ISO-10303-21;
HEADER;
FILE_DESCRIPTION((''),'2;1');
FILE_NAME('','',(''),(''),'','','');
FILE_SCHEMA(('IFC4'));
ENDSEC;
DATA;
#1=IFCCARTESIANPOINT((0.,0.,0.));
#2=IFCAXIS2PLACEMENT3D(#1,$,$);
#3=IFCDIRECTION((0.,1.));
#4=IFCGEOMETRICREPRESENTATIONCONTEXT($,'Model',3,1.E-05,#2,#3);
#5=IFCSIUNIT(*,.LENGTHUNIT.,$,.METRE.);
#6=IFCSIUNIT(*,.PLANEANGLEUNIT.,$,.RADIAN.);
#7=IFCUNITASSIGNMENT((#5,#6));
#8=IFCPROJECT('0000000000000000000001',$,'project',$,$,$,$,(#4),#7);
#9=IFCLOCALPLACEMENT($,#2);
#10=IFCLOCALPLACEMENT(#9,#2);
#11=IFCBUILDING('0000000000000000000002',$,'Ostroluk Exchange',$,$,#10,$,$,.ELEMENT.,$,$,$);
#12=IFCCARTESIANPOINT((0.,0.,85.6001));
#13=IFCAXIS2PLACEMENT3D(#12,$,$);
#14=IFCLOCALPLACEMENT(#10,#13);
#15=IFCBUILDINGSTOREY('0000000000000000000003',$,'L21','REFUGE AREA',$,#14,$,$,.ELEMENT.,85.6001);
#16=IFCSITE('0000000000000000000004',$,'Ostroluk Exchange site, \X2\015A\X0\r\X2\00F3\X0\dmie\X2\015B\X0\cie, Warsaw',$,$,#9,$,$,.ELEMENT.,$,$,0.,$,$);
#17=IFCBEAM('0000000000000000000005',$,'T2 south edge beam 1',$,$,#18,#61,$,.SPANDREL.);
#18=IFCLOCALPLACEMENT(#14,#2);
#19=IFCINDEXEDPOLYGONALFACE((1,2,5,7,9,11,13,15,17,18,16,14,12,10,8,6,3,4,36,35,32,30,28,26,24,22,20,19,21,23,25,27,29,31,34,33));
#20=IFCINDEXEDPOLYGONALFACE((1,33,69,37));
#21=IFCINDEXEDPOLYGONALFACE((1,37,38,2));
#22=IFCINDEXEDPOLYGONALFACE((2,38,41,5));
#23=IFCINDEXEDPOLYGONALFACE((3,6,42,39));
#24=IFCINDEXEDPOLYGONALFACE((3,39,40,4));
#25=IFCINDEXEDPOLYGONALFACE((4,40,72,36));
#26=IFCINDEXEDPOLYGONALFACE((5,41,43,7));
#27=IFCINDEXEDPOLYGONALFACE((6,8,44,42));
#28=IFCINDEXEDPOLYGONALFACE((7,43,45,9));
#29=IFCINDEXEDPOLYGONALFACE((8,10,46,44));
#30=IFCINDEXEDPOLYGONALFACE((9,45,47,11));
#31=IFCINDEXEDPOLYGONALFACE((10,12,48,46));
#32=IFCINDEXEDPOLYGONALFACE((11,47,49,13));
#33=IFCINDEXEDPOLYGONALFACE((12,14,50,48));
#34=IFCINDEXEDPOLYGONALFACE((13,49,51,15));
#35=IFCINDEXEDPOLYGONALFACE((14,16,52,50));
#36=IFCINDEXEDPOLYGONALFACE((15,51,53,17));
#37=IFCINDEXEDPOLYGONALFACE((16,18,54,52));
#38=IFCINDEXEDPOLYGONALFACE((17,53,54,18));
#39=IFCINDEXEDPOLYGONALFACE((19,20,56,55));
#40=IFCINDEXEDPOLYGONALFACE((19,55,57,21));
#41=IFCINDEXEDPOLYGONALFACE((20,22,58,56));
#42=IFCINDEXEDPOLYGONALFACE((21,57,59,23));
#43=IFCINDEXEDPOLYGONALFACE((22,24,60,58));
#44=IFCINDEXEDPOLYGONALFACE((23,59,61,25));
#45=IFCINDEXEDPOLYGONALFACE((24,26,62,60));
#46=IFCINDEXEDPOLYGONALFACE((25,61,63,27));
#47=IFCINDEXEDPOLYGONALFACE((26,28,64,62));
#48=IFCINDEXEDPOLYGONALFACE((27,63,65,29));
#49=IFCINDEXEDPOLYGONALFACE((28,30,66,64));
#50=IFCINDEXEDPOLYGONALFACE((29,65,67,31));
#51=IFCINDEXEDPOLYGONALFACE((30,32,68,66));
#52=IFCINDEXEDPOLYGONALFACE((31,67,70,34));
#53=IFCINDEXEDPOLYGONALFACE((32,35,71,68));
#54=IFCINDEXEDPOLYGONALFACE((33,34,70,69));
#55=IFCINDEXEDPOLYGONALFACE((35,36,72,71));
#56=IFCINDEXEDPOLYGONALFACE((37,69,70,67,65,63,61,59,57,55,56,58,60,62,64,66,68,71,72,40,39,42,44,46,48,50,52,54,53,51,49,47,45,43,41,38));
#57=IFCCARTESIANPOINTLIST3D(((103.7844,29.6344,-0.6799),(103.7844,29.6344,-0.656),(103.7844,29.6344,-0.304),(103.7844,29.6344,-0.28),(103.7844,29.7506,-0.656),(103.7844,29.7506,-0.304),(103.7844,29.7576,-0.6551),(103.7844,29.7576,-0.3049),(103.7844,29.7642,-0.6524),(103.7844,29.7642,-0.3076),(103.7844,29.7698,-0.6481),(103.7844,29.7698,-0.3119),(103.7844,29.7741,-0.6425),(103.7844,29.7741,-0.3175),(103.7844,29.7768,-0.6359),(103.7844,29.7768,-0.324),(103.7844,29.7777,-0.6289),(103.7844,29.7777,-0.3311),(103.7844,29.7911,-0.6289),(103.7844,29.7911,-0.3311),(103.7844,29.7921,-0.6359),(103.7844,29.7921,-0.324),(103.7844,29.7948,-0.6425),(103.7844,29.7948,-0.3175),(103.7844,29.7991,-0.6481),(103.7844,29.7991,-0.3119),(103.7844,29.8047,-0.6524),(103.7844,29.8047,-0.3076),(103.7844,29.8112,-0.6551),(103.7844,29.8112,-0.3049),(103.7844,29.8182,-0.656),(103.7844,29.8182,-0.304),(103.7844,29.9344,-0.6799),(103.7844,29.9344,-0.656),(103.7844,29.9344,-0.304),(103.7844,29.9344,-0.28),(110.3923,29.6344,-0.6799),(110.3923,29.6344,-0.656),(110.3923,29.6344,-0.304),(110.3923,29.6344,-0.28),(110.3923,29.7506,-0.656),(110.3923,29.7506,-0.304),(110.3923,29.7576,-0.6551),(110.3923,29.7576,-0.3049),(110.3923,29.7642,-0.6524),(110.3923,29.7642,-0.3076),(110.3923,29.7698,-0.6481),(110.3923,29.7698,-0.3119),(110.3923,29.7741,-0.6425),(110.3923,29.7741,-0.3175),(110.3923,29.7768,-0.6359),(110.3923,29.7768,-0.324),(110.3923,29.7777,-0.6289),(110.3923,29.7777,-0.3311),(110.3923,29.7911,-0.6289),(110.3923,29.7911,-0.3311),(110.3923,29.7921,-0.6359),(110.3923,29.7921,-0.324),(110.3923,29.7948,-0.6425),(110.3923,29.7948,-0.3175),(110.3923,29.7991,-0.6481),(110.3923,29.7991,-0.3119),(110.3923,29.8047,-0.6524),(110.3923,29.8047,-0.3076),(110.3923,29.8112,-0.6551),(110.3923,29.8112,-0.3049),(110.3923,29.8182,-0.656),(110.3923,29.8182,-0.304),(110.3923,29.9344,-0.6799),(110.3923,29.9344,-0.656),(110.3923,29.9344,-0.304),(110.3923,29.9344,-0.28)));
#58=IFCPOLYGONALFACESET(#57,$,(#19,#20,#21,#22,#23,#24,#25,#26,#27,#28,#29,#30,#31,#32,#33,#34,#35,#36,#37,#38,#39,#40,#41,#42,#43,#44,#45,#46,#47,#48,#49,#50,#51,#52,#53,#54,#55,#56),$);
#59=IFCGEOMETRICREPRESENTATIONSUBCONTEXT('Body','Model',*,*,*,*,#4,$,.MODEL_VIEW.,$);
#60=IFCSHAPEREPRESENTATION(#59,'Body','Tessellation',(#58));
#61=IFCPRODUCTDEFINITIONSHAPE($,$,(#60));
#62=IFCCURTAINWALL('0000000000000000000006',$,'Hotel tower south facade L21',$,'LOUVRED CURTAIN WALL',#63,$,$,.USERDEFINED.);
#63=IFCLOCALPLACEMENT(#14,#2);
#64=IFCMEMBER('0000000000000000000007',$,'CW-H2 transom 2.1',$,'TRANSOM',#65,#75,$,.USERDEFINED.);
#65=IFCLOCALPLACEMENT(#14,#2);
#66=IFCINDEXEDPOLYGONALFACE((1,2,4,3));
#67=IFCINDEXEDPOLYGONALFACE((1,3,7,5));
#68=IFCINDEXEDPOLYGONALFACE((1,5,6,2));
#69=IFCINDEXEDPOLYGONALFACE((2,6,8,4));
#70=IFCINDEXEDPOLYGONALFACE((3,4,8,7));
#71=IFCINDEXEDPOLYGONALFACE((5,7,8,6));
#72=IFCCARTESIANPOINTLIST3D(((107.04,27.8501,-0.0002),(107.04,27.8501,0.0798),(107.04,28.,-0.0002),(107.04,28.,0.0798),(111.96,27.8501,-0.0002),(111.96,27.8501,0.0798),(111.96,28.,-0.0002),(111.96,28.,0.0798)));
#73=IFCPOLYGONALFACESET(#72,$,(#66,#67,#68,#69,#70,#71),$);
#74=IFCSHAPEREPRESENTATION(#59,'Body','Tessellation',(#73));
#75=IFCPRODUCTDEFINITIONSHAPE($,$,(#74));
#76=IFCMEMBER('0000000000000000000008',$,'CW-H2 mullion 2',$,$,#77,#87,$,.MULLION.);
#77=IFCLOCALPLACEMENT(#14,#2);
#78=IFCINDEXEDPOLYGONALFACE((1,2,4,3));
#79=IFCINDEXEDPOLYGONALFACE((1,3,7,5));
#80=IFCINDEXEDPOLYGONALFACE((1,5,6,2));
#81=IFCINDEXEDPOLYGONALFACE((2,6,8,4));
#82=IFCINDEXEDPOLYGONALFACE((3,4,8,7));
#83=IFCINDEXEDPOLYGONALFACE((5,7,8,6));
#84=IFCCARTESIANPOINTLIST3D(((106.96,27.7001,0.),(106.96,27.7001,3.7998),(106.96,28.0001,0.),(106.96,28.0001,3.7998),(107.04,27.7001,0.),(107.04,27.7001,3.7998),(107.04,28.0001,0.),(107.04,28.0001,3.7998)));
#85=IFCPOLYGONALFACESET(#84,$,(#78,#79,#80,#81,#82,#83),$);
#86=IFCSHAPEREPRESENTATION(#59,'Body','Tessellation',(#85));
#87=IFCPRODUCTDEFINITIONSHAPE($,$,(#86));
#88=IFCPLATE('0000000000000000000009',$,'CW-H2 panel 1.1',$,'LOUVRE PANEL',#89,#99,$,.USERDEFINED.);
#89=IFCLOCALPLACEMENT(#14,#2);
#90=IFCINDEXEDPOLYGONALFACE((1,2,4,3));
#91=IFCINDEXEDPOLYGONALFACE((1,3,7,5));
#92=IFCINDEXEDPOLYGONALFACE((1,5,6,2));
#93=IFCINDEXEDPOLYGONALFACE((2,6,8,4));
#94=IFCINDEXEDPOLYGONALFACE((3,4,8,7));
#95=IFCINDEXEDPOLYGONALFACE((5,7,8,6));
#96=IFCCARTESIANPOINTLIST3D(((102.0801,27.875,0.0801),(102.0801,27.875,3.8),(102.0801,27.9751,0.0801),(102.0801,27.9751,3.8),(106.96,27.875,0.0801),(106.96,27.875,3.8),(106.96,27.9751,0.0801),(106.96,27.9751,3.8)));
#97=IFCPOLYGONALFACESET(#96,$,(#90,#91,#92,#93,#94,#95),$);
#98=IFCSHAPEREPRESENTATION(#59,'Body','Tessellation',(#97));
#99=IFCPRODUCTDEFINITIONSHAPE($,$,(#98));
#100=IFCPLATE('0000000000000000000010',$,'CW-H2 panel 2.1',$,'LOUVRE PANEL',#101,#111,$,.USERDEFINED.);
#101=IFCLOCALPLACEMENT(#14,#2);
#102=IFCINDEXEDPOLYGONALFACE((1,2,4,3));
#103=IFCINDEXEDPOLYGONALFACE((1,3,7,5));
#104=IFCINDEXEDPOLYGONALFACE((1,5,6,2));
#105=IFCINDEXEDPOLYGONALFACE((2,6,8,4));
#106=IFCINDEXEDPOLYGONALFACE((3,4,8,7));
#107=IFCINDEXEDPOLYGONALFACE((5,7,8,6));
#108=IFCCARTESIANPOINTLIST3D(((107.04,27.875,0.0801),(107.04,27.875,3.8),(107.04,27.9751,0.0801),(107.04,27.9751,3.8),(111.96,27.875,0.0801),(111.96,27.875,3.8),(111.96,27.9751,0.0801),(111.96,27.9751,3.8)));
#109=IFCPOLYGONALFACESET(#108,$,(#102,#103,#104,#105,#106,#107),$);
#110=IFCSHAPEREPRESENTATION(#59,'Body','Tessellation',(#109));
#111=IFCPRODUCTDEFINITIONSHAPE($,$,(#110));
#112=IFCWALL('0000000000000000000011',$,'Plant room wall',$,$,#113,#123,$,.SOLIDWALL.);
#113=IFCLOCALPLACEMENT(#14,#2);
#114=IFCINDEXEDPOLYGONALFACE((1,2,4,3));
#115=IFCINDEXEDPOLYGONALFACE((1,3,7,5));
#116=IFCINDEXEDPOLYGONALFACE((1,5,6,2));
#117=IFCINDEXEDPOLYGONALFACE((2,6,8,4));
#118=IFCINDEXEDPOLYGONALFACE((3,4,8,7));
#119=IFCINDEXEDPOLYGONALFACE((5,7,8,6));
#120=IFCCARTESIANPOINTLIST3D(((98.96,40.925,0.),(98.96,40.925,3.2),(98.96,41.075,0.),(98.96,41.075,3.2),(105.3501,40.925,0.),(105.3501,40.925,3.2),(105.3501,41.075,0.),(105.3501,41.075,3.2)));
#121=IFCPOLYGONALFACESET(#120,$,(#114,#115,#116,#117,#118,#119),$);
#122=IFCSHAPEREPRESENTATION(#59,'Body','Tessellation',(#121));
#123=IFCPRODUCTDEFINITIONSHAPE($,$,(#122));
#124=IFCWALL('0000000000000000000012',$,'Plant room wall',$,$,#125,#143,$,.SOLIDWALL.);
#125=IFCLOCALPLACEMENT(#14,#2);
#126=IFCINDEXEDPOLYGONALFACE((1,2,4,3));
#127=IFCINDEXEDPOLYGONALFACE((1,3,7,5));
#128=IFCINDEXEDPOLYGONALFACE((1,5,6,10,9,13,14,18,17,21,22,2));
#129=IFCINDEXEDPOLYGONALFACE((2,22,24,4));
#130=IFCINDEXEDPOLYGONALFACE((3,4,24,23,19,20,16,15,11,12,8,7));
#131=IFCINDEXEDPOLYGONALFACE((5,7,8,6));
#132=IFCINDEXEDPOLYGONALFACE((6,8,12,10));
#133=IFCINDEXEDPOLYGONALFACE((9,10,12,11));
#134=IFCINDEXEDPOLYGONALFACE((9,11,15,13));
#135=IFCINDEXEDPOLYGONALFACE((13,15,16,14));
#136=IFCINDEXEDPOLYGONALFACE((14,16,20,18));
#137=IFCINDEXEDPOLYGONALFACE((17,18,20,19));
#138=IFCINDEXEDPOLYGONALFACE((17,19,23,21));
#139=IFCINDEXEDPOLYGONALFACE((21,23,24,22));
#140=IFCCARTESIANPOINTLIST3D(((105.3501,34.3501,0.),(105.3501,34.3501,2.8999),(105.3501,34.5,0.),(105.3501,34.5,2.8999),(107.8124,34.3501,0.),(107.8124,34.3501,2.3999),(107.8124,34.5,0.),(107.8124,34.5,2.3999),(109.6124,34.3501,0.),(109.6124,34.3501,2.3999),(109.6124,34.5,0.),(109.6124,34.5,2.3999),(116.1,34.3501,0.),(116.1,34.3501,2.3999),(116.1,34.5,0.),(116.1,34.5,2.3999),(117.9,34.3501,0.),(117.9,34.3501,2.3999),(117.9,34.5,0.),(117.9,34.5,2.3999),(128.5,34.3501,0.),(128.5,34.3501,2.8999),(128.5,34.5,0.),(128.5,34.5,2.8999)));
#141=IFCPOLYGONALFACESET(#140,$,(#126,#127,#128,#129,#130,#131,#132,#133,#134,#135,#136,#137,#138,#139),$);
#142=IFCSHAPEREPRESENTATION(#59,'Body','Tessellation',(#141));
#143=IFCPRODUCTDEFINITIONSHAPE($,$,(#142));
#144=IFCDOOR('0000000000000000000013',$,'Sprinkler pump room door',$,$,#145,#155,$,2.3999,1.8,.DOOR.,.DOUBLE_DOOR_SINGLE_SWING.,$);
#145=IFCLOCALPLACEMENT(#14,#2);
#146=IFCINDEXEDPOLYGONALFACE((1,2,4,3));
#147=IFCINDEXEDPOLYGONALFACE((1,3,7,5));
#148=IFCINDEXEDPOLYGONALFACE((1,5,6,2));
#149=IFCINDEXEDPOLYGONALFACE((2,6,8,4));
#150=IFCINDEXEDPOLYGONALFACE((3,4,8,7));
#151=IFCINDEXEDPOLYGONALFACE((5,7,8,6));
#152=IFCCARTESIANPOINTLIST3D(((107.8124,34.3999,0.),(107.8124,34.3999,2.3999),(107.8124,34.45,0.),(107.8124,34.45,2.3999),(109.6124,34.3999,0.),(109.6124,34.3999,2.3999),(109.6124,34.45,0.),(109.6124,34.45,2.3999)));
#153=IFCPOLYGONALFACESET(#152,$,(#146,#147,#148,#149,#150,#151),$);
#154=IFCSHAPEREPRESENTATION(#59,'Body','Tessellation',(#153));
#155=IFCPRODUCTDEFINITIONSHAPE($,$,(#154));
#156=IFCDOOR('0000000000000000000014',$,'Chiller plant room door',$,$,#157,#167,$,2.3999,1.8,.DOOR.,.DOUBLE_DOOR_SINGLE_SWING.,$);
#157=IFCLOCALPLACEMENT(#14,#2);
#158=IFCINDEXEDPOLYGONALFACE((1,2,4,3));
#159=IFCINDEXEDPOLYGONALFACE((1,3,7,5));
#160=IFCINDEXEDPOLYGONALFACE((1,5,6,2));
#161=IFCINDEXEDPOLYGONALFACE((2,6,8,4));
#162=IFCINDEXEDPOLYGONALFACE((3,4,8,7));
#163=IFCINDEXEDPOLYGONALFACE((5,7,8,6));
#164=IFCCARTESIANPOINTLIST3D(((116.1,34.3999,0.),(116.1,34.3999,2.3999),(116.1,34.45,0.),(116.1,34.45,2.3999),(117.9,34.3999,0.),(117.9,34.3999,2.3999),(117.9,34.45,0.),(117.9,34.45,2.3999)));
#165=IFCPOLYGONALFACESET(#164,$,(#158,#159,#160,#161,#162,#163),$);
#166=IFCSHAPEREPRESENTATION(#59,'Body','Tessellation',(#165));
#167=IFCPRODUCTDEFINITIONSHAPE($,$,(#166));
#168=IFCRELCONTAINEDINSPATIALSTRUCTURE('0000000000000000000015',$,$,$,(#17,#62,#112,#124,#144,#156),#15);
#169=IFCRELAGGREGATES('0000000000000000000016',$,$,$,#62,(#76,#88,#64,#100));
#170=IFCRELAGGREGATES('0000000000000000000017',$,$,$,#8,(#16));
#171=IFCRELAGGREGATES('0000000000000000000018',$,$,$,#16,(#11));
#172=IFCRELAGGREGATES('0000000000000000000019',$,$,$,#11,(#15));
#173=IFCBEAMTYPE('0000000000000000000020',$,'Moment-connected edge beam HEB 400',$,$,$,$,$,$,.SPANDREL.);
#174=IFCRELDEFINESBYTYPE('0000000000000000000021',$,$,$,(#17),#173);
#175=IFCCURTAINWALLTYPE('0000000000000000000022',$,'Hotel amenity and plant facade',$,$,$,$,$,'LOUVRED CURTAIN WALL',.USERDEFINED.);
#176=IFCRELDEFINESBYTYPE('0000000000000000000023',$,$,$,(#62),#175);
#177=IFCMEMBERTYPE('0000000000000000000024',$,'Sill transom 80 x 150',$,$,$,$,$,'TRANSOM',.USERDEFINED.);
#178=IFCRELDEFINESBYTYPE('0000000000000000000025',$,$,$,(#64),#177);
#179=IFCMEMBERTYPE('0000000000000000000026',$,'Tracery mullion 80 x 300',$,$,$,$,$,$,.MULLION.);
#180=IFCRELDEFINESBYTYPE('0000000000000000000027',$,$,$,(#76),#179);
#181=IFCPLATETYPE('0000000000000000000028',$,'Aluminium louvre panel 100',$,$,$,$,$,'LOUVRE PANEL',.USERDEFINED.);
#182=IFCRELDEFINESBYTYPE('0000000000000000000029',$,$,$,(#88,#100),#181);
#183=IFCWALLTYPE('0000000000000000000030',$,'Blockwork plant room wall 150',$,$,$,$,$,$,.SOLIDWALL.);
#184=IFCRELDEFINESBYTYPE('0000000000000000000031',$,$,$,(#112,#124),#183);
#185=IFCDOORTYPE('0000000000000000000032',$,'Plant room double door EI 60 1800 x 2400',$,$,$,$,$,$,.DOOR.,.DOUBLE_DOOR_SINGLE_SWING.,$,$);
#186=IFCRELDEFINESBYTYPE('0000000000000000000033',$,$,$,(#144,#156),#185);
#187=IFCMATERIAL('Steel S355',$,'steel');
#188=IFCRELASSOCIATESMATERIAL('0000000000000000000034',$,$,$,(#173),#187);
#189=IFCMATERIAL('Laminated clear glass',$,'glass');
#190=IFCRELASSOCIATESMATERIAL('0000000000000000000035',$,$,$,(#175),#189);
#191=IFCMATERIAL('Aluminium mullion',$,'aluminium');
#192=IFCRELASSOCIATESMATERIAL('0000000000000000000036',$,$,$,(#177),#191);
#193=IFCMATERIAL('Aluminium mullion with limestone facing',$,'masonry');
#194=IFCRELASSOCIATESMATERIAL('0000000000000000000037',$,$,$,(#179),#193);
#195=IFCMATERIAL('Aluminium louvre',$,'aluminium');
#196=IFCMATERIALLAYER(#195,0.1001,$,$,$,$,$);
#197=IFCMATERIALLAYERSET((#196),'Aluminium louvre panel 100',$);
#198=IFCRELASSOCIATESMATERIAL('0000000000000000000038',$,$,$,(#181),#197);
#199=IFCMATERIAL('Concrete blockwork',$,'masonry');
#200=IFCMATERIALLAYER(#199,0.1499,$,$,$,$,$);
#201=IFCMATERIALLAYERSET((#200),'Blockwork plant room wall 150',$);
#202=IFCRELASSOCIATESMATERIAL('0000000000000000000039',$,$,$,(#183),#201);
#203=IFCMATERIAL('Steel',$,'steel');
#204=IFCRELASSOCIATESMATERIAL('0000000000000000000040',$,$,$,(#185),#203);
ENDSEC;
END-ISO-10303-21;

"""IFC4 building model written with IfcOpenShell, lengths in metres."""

from ifc_helpers import new_model, si_unit, direction, frame, frame_2d, origin, origin_2d, place, context, subcontext, project, spatial, rectangle, i_section, extrude, material, layer, layer_set, material_profile, profile_set, type_object, element, fill, aggregate, save


model = new_model("IFC4")

# Units and contexts
model_context = context("Model", 3, precision=1e-05, world=origin(), true_north=direction((0.0, 1.0)))
body_context = subcontext(model_context, "Body", "Model", "MODEL_VIEW")
ifc_project = project(units=[si_unit("LENGTHUNIT", "METRE"), si_unit("PLANEANGLEUNIT", "RADIAN")], contexts=[model_context])

# Site, building, storey
site_placement = place(None, origin())
site = spatial("IfcSite", under=ifc_project, at=site_placement, Name="Ostroluk Exchange site, Śródmieście, Warsaw", CompositionType="ELEMENT", RefElevation=0.0)
building_placement = place(site_placement, origin())
building = spatial("IfcBuilding", under=site, at=building_placement, Name="Ostroluk Exchange", CompositionType="ELEMENT")
storey_placement = place(building_placement, frame((0.0, 0.0, 85.6001)))
storey = spatial("IfcBuildingStorey", under=building, at=storey_placement, Name="L21", Description="REFUGE AREA", CompositionType="ELEMENT", Elevation=85.6001)

# Beam
ifc_material_1 = material(Name="Steel S355", Category="steel")
ifc_material_profile_1 = material_profile(ifc_material_1, i_section(OverallWidth=0.3, OverallDepth=0.3999, WebThickness=0.0134, FlangeThickness=0.0239, FilletRadius=0.0271, at=origin_2d()), Name="HEB 400")
ifc_profile_set_1 = profile_set([ifc_material_profile_1], Name="Steel S355")
beam_type_1 = type_object("IfcBeamType", Name="Moment-connected edge beam HEB 400", PredefinedType="SPANDREL", material=ifc_profile_set_1)
beam_1_placement = place(storey_placement, frame((103.7844, 29.7844, -0.48), z_axis=(1.0, 0.0, 0.0), x_axis=(0.0, 1.0, 0.0)))
element("IfcBeam", 1, at=beam_1_placement, inside=storey, type_object=beam_type_1, Name="T2 south edge beam 1", PredefinedType="SPANDREL", context=body_context, shape_type="SweptSolid", body=[
    extrude(i_section(OverallWidth=0.3, OverallDepth=0.3999, WebThickness=0.0134, FlangeThickness=0.0239, FilletRadius=0.0271, at=origin_2d()), origin(), (0.0, 0.0, 1.0), 6.6079),
])

# Curtain wall, members, plates
ifc_material_2 = material(Name="Laminated clear glass", Category="glass")
curtain_wall_type = type_object("IfcCurtainWallType", Name="Hotel amenity and plant facade", ElementType="LOUVRED CURTAIN WALL", PredefinedType="USERDEFINED", material=ifc_material_2)
curtain_wall_placement = place(storey_placement, origin())
curtain_wall = element("IfcCurtainWall", 2, at=curtain_wall_placement, inside=storey, type_object=curtain_wall_type, Name="Hotel tower south facade L21", ObjectType="LOUVRED CURTAIN WALL", PredefinedType="USERDEFINED")
ifc_material_3 = material(Name="Aluminium mullion", Category="aluminium")
ifc_material_profile_2 = material_profile(ifc_material_3, rectangle(XDim=0.1499, YDim=0.0801, at=origin_2d()), Name="Sill transom 80 x 150")
ifc_profile_set_2 = profile_set([ifc_material_profile_2], Name="Aluminium mullion")
member_type_1 = type_object("IfcMemberType", Name="Sill transom 80 x 150", ElementType="TRANSOM", PredefinedType="USERDEFINED", material=ifc_profile_set_2)
member_1_placement = place(storey_placement, frame((107.04, 27.925, 0.0398), z_axis=(1.0, 0.0, 0.0), x_axis=(0.0, 1.0, 0.0)))
member_1 = element("IfcMember", 3, at=member_1_placement, type_object=member_type_1, Name="CW-H2 transom 2.1", ObjectType="TRANSOM", PredefinedType="USERDEFINED", context=body_context, shape_type="SweptSolid", body=[
    extrude(rectangle(XDim=0.1499, YDim=0.0801, at=origin_2d()), origin(), (0.0, 0.0, 1.0), 4.9199),
])
ifc_material_4 = material(Name="Aluminium mullion with limestone facing", Category="masonry")
ifc_material_profile_3 = material_profile(ifc_material_4, rectangle(XDim=0.3, YDim=0.0801, at=origin_2d()), Name="Tracery mullion 80 x 300")
ifc_profile_set_3 = profile_set([ifc_material_profile_3], Name="Aluminium mullion with limestone facing")
member_type_2 = type_object("IfcMemberType", Name="Tracery mullion 80 x 300", PredefinedType="MULLION", material=ifc_profile_set_3)
member_2_placement = place(storey_placement, frame((107.0, 27.8501, 0.0), z_axis=(0.0, 0.0, 1.0), x_axis=(0.0, 1.0, 0.0)))
member_2 = element("IfcMember", 4, at=member_2_placement, type_object=member_type_2, Name="CW-H2 mullion 2", PredefinedType="MULLION", context=body_context, shape_type="SweptSolid", body=[
    extrude(rectangle(XDim=0.3, YDim=0.0801, at=origin_2d()), origin(), (0.0, 0.0, 1.0), 3.7998),
])
ifc_material_5 = material(Name="Aluminium louvre", Category="aluminium")
ifc_layer_1 = layer(ifc_material_5, 0.1001)
ifc_layer_set_1 = layer_set([ifc_layer_1], Name="Aluminium louvre panel 100")
plate_type = type_object("IfcPlateType", Name="Aluminium louvre panel 100", ElementType="LOUVRE PANEL", PredefinedType="USERDEFINED", material=ifc_layer_set_1)
plate_1_placement = place(storey_placement, frame((104.52, 27.925, 0.0801), z_axis=(0.0, 0.0, 1.0), x_axis=(1.0, 0.0, 0.0)))
plate_1 = element("IfcPlate", 5, at=plate_1_placement, type_object=plate_type, Name="CW-H2 panel 1.1", ObjectType="LOUVRE PANEL", PredefinedType="USERDEFINED", context=body_context, shape_type="SweptSolid", body=[
    extrude(rectangle(XDim=4.8799, YDim=0.1001, at=origin_2d()), origin(), (0.0, 0.0, 1.0), 3.72),
])
plate_2_placement = place(storey_placement, frame((109.5, 27.925, 0.0801), z_axis=(0.0, 0.0, 1.0), x_axis=(1.0, 0.0, 0.0)))
plate_2 = element("IfcPlate", 6, at=plate_2_placement, type_object=plate_type, Name="CW-H2 panel 2.1", ObjectType="LOUVRE PANEL", PredefinedType="USERDEFINED", context=body_context, shape_type="SweptSolid", body=[
    extrude(rectangle(XDim=4.9199, YDim=0.1001, at=origin_2d()), origin(), (0.0, 0.0, 1.0), 3.72),
])
aggregate(curtain_wall, [member_2, plate_1, member_1, plate_2])

# Wall
ifc_material_6 = material(Name="Concrete blockwork", Category="masonry")
ifc_layer_2 = layer(ifc_material_6, 0.1499)
ifc_layer_set_2 = layer_set([ifc_layer_2], Name="Blockwork plant room wall 150")
wall_type_1 = type_object("IfcWallType", Name="Blockwork plant room wall 150", PredefinedType="SOLIDWALL", material=ifc_layer_set_2)
wall_1_placement = place(storey_placement, frame((105.3501, 41.0, 0.0), z_axis=(0.0, 0.0, 1.0), x_axis=(-1.0, 0.0, 0.0)))
element("IfcWall", 7, at=wall_1_placement, inside=storey, type_object=wall_type_1, Name="Plant room wall", PredefinedType="SOLIDWALL", context=body_context, shape_type="SweptSolid", body=[
    extrude(rectangle(XDim=6.3901, YDim=0.1499, at=frame_2d((3.1951, 0.0))), origin(), (0.0, 0.0, 1.0), 3.2),
])

# Wall, openings, doors
wall_2_placement = place(storey_placement, frame((105.3501, 34.425, 0.0), z_axis=(0.0, 0.0, 1.0), x_axis=(1.0, 0.0, 0.0)))
wall_2 = element("IfcWall", 8, at=wall_2_placement, inside=storey, type_object=wall_type_1, Name="Plant room wall", PredefinedType="SOLIDWALL", context=body_context, shape_type="SweptSolid", body=[
    extrude(rectangle(XDim=23.1499, YDim=0.1499, at=frame_2d((11.575, 0.0))), origin(), (0.0, 0.0, 1.0), 2.8999),
])
opening_1_placement = place(wall_2_placement, frame((2.4624, 0.0, 0.0)))
opening_1 = element("IfcOpeningElement", 9, at=opening_1_placement, cuts=wall_2, PredefinedType="OPENING", context=body_context, shape_type="SweptSolid", body=[
    extrude(rectangle(XDim=1.8, YDim=2.3999, at=frame_2d((0.8999, 1.2))), frame((0.0, 0.085, 0.0), z_axis=(0.0, -1.0, 0.0), x_axis=(1.0, 0.0, 0.0)), (0.0, 0.0, 1.0), 0.1699),
])
opening_2_placement = place(wall_2_placement, frame((10.75, 0.0, 0.0)))
opening_2 = element("IfcOpeningElement", 10, at=opening_2_placement, cuts=wall_2, PredefinedType="OPENING", context=body_context, shape_type="SweptSolid", body=[
    extrude(rectangle(XDim=1.8, YDim=2.3999, at=frame_2d((0.8999, 1.2))), frame((0.0, 0.085, 0.0), z_axis=(0.0, -1.0, 0.0), x_axis=(1.0, 0.0, 0.0)), (0.0, 0.0, 1.0), 0.1699),
])
ifc_material_7 = material(Name="Steel", Category="steel")
door_type_1 = type_object("IfcDoorType", Name="Plant room double door EI 60 1800 x 2400", OperationType="DOUBLE_DOOR_SINGLE_SWING", PredefinedType="DOOR", material=ifc_material_7)
door_1_placement = place(opening_1_placement, origin())
door_1 = element("IfcDoor", 11, at=door_1_placement, inside=storey, type_object=door_type_1, Name="Sprinkler pump room door", OperationType="DOUBLE_DOOR_SINGLE_SWING", OverallHeight=2.3999, OverallWidth=1.8, PredefinedType="DOOR", context=body_context, shape_type="SweptSolid", body=[
    extrude(rectangle(XDim=1.8, YDim=2.3999, at=frame_2d((0.8999, 1.2))), frame((0.0, 0.0249, 0.0), z_axis=(0.0, -1.0, 0.0), x_axis=(1.0, 0.0, 0.0)), (0.0, 0.0, 1.0), 0.05),
])
fill(opening_1, door_1)
door_2_placement = place(opening_2_placement, origin())
door_2 = element("IfcDoor", 12, at=door_2_placement, inside=storey, type_object=door_type_1, Name="Chiller plant room door", OperationType="DOUBLE_DOOR_SINGLE_SWING", OverallHeight=2.3999, OverallWidth=1.8, PredefinedType="DOOR", context=body_context, shape_type="SweptSolid", body=[
    extrude(rectangle(XDim=1.8, YDim=2.3999, at=frame_2d((0.8999, 1.2))), frame((0.0, 0.0249, 0.0), z_axis=(0.0, -1.0, 0.0), x_axis=(1.0, 0.0, 0.0)), (0.0, 0.0, 1.0), 0.05),
])
fill(opening_2, door_2)

save(model, "model.ifc")
